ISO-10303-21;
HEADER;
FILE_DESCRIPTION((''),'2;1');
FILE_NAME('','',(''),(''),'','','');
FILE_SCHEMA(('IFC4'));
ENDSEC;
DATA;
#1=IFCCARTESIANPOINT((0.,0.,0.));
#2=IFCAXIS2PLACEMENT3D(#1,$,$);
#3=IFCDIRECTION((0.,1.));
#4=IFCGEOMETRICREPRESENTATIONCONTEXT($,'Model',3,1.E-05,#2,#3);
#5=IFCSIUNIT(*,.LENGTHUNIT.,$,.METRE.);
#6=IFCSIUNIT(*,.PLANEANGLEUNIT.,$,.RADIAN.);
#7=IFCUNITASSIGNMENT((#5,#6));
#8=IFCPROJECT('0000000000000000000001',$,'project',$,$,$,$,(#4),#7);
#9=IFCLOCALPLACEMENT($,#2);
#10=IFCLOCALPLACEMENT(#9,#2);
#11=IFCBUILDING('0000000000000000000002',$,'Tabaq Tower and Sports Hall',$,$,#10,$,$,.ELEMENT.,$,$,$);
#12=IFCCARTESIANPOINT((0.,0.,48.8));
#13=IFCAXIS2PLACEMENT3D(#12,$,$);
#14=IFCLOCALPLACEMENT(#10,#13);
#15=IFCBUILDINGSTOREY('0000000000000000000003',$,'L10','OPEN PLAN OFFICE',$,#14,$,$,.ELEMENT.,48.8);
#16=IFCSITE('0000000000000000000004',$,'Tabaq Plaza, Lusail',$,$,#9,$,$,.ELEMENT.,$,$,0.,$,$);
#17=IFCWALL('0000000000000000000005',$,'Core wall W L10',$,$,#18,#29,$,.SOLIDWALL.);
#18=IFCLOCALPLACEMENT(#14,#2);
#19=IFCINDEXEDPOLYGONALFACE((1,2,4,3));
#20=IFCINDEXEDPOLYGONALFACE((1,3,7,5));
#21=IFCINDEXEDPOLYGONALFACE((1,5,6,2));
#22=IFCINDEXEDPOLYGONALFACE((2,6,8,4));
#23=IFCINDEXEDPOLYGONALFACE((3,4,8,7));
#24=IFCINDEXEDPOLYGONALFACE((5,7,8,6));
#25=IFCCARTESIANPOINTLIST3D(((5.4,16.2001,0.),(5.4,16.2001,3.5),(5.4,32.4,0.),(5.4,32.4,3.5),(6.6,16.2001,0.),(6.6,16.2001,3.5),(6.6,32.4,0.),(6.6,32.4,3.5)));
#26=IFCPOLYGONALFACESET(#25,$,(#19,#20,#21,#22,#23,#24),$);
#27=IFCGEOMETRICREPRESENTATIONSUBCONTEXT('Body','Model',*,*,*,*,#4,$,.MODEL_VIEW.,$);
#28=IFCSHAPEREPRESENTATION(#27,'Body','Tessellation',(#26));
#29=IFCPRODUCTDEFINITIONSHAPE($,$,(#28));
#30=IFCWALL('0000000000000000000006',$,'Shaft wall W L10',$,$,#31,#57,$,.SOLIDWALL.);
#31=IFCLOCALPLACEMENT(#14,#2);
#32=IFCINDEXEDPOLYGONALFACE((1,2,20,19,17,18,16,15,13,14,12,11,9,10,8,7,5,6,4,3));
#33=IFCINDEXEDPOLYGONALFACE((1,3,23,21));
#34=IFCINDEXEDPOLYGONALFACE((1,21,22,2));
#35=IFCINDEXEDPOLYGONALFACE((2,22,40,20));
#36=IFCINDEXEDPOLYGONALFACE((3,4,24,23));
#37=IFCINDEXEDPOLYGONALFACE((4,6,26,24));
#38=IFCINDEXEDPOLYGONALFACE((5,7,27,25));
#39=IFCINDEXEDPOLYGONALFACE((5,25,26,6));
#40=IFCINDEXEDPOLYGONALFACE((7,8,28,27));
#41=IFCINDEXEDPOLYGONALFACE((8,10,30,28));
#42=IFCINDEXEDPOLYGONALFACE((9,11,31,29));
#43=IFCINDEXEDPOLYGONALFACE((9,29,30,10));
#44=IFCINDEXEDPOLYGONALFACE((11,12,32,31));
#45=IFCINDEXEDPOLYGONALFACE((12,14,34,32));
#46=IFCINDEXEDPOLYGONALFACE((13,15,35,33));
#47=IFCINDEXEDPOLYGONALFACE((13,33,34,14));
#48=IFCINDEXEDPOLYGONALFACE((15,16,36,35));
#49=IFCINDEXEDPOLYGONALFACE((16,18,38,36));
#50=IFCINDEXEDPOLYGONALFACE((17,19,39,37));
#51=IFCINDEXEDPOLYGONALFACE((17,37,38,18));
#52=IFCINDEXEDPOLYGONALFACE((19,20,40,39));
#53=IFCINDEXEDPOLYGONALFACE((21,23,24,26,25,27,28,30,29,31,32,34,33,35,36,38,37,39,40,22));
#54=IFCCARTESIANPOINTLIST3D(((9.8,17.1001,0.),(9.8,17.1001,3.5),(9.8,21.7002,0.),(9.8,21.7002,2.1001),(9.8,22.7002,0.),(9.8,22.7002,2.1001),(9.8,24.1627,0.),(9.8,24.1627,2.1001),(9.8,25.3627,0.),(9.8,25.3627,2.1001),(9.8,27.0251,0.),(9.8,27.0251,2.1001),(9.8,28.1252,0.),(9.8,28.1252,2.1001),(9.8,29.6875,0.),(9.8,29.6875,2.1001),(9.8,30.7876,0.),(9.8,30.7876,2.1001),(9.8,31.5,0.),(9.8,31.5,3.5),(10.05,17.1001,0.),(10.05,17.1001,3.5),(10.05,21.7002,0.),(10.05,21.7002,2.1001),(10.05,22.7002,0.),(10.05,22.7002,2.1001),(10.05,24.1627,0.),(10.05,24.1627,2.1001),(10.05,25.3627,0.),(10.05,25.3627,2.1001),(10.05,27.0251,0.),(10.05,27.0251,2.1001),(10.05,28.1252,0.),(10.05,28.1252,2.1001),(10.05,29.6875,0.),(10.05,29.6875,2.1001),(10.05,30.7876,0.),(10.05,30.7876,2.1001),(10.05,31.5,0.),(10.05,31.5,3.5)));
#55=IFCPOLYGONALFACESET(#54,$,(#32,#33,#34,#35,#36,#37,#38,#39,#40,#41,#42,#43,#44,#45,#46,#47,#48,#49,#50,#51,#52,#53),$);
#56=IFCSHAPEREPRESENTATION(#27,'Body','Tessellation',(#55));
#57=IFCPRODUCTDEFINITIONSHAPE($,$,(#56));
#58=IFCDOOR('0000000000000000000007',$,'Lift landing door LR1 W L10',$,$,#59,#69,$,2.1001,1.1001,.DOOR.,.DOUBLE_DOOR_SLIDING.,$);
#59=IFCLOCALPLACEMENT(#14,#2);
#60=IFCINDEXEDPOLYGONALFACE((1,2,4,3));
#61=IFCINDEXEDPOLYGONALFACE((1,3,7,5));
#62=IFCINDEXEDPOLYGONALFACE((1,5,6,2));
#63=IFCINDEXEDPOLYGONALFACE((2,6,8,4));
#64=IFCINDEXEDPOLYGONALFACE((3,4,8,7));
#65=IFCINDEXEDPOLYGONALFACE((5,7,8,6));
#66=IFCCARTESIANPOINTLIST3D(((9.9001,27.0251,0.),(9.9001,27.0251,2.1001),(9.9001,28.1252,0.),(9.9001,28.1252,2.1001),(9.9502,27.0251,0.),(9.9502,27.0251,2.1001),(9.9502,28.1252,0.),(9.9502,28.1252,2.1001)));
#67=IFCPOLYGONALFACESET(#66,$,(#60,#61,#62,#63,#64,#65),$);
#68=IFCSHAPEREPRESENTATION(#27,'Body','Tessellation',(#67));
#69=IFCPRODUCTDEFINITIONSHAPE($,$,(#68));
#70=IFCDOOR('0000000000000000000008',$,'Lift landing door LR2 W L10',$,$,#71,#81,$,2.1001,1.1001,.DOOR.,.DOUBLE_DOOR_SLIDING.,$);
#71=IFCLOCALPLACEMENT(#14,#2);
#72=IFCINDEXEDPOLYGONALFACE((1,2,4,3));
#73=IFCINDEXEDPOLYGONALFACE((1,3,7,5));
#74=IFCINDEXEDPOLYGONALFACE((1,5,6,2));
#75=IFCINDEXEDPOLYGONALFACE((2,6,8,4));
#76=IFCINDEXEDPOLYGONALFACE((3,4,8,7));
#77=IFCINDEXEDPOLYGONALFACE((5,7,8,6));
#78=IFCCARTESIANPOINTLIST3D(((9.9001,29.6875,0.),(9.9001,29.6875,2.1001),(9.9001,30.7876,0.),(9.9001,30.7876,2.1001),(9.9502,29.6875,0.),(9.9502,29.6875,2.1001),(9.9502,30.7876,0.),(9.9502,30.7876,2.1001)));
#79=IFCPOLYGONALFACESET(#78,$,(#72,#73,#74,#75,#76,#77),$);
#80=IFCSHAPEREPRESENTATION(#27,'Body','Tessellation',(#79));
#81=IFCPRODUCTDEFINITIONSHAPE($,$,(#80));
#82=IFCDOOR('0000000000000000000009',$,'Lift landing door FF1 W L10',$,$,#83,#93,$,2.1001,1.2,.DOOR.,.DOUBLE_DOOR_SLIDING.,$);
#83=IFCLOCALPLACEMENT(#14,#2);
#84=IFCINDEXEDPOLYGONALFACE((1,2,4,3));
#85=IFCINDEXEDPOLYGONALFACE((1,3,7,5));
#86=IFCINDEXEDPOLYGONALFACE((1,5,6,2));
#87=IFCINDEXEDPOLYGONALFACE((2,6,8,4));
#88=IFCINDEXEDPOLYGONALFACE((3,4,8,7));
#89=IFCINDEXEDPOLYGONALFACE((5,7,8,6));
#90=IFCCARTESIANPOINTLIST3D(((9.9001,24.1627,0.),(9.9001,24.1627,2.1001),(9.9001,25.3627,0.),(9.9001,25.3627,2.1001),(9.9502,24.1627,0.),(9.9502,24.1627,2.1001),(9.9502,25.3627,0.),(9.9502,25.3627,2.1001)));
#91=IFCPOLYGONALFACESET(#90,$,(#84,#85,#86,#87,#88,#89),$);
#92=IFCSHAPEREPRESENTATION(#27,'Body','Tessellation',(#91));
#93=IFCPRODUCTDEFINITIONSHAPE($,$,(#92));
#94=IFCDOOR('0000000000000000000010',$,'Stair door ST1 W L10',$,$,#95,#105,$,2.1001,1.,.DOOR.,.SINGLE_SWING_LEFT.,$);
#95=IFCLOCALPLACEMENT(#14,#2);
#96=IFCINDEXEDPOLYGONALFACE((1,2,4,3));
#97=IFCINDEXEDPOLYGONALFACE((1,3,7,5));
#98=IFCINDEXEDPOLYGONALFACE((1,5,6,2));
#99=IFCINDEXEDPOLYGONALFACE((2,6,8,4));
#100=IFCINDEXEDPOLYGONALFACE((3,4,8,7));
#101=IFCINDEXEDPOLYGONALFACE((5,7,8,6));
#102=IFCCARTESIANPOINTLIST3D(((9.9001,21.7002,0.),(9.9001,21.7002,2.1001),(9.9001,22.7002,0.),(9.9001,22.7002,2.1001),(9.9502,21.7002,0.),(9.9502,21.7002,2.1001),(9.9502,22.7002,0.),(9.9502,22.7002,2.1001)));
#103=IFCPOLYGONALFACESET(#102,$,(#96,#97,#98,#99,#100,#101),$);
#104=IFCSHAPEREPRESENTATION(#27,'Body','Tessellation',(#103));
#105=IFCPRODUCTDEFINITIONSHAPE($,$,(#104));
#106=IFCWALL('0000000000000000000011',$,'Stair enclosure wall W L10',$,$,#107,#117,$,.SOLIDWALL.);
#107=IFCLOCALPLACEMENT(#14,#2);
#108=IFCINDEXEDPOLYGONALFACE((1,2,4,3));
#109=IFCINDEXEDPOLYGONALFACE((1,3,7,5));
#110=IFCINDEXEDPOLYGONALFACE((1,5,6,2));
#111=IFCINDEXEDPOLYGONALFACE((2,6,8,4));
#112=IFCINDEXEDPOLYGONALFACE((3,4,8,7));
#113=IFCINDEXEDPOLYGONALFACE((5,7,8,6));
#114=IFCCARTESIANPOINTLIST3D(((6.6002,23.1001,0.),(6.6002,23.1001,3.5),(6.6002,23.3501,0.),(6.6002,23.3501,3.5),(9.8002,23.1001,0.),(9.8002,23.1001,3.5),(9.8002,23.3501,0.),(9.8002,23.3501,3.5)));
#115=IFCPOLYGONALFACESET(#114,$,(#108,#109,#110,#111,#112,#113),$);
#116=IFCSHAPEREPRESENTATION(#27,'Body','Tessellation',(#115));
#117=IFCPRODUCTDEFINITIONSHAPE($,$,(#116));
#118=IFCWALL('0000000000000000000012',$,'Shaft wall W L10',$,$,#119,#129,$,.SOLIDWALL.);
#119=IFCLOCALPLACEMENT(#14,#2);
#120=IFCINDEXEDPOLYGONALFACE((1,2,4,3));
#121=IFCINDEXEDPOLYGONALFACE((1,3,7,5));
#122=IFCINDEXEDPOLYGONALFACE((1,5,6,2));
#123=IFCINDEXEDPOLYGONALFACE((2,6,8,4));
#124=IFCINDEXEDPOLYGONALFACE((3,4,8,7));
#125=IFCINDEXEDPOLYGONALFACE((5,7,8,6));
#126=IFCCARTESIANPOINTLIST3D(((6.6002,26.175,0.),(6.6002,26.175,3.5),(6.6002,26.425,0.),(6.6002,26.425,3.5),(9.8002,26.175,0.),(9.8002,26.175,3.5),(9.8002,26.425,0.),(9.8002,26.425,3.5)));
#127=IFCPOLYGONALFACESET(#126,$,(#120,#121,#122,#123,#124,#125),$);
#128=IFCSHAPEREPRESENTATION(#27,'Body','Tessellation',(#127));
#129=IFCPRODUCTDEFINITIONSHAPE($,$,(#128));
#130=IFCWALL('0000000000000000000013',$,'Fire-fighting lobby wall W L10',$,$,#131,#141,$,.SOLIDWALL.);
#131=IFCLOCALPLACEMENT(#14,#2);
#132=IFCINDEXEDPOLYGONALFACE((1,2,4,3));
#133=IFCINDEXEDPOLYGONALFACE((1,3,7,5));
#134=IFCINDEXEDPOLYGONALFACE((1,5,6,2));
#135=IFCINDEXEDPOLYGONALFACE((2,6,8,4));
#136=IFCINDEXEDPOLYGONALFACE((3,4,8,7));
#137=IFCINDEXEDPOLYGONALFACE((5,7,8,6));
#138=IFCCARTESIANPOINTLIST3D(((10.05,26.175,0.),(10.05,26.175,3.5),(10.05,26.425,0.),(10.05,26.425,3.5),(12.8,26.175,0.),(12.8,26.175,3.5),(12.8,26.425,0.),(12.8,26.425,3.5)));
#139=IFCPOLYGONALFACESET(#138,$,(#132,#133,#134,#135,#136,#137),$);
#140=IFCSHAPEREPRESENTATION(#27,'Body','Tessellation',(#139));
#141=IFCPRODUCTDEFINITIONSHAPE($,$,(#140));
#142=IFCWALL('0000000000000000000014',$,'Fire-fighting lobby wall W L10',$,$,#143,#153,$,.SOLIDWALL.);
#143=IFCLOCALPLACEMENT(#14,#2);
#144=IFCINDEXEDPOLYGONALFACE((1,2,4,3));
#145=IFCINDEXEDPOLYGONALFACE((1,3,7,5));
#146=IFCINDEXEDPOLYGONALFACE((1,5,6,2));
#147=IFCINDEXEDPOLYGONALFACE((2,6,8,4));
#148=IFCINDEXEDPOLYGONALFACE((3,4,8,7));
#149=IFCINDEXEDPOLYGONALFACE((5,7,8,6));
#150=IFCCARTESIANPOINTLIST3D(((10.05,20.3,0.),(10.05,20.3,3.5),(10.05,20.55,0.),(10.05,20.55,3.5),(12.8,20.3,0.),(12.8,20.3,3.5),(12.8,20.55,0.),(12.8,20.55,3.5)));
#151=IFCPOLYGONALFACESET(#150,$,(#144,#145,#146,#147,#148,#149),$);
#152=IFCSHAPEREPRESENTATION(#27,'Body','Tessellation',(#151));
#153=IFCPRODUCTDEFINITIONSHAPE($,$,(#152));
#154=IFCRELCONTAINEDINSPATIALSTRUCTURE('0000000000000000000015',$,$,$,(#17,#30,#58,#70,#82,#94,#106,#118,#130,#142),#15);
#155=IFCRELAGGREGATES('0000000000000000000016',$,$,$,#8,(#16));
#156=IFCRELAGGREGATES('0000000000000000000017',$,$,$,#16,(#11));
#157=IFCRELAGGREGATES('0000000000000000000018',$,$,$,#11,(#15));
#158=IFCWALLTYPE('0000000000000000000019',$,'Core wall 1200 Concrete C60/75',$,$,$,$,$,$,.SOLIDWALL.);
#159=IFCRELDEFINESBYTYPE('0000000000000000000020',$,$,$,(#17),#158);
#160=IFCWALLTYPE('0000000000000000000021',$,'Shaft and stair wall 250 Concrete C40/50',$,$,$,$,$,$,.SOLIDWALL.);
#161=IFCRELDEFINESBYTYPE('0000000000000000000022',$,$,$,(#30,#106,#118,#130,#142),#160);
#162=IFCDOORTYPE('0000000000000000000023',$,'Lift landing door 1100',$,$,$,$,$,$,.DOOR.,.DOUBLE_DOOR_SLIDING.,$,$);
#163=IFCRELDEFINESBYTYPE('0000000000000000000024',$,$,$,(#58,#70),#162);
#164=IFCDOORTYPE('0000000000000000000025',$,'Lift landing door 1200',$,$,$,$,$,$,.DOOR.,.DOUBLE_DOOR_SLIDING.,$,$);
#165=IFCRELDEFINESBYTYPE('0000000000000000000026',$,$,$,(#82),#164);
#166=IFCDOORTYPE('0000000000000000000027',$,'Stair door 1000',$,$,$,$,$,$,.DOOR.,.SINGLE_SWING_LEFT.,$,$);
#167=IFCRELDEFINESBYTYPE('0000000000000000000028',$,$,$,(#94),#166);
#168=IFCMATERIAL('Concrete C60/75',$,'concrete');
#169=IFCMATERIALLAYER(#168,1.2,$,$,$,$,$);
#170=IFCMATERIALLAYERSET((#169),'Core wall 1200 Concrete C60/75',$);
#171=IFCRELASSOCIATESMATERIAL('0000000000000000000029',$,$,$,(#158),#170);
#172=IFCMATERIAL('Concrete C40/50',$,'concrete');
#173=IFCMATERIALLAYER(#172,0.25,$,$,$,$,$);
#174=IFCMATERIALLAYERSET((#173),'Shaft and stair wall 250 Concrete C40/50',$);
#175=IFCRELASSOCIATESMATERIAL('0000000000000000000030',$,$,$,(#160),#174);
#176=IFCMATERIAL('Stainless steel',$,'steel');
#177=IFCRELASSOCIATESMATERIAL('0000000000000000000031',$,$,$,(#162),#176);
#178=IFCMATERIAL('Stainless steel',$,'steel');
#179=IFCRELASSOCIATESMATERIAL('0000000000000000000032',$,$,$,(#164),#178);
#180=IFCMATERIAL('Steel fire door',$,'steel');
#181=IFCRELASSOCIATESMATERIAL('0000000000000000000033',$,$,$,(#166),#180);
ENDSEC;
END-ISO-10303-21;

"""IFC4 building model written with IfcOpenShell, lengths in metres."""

from ifc_helpers import new_model, si_unit, direction, frame, frame_2d, origin, place, context, subcontext, project, spatial, rectangle, extrude, material, layer, layer_set, type_object, element, fill, save


model = new_model("IFC4")

# Units and contexts
model_context = context("Model", 3, precision=1e-05, world=origin(), true_north=direction((0.0, 1.0)))
body_context = subcontext(model_context, "Body", "Model", "MODEL_VIEW")
ifc_project = project(units=[si_unit("LENGTHUNIT", "METRE"), si_unit("PLANEANGLEUNIT", "RADIAN")], contexts=[model_context])

# Site, building, storey
site_placement = place(None, origin())
site = spatial("IfcSite", under=ifc_project, at=site_placement, Name="Tabaq Plaza, Lusail", CompositionType="ELEMENT", RefElevation=0.0)
building_placement = place(site_placement, origin())
building = spatial("IfcBuilding", under=site, at=building_placement, Name="Tabaq Tower and Sports Hall", CompositionType="ELEMENT")
storey_placement = place(building_placement, frame((0.0, 0.0, 48.8)))
storey = spatial("IfcBuildingStorey", under=building, at=storey_placement, Name="L10", Description="OPEN PLAN OFFICE", CompositionType="ELEMENT", Elevation=48.8)

# Wall
ifc_material_1 = material(Name="Concrete C60/75", Category="concrete")
ifc_layer_1 = layer(ifc_material_1, 1.2)
ifc_layer_set_1 = layer_set([ifc_layer_1], Name="Core wall 1200 Concrete C60/75")
wall_type_1 = type_object("IfcWallType", Name="Core wall 1200 Concrete C60/75", PredefinedType="SOLIDWALL", material=ifc_layer_set_1)
wall_1_placement = place(storey_placement, frame((6.0, 16.2, 0.0), z_axis=(0.0, 0.0, 1.0), x_axis=(0.0, 1.0, 0.0)))
element("IfcWall", 1, at=wall_1_placement, inside=storey, type_object=wall_type_1, Name="Core wall W L10", PredefinedType="SOLIDWALL", context=body_context, shape_type="SweptSolid", body=[
    extrude(rectangle(XDim=16.2, YDim=1.2, at=frame_2d((8.1001, 0.0))), origin(), (0.0, 0.0, 1.0), 3.5),
])

# Wall, openings, doors
ifc_material_2 = material(Name="Concrete C40/50", Category="concrete")
ifc_layer_2 = layer(ifc_material_2, 0.25)
ifc_layer_set_2 = layer_set([ifc_layer_2], Name="Shaft and stair wall 250 Concrete C40/50")
wall_type_2 = type_object("IfcWallType", Name="Shaft and stair wall 250 Concrete C40/50", PredefinedType="SOLIDWALL", material=ifc_layer_set_2)
wall_2_placement = place(storey_placement, frame((9.925, 17.1001, 0.0), z_axis=(0.0, 0.0, 1.0), x_axis=(0.0, 1.0, 0.0)))
wall_2 = element("IfcWall", 2, at=wall_2_placement, inside=storey, type_object=wall_type_2, Name="Shaft wall W L10", PredefinedType="SOLIDWALL", context=body_context, shape_type="SweptSolid", body=[
    extrude(rectangle(XDim=14.3999, YDim=0.25, at=frame_2d((7.2, 0.0))), origin(), (0.0, 0.0, 1.0), 3.5),
])
opening_1_placement = place(wall_2_placement, frame((4.6001, 0.0, 0.0)))
opening_1 = element("IfcOpeningElement", 3, at=opening_1_placement, cuts=wall_2, PredefinedType="OPENING", context=body_context, shape_type="SweptSolid", body=[
    extrude(rectangle(XDim=1.0, YDim=2.1001, at=frame_2d((0.5, 1.05))), frame((0.0, 0.125, 0.0), z_axis=(0.0, -1.0, 0.0), x_axis=(1.0, 0.0, 0.0)), (0.0, 0.0, 1.0), 0.25),
])
opening_2_placement = place(wall_2_placement, frame((7.0625, 0.0, 0.0)))
opening_2 = element("IfcOpeningElement", 4, at=opening_2_placement, cuts=wall_2, PredefinedType="OPENING", context=body_context, shape_type="SweptSolid", body=[
    extrude(rectangle(XDim=1.2, YDim=2.1001, at=frame_2d((0.6001, 1.05))), frame((0.0, 0.125, 0.0), z_axis=(0.0, -1.0, 0.0), x_axis=(1.0, 0.0, 0.0)), (0.0, 0.0, 1.0), 0.25),
])
opening_3_placement = place(wall_2_placement, frame((9.925, 0.0, 0.0)))
opening_3 = element("IfcOpeningElement", 5, at=opening_3_placement, cuts=wall_2, PredefinedType="OPENING", context=body_context, shape_type="SweptSolid", body=[
    extrude(rectangle(XDim=1.1001, YDim=2.1001, at=frame_2d((0.55, 1.05))), frame((0.0, 0.125, 0.0), z_axis=(0.0, -1.0, 0.0), x_axis=(1.0, 0.0, 0.0)), (0.0, 0.0, 1.0), 0.25),
])
opening_4_placement = place(wall_2_placement, frame((12.5874, 0.0, 0.0)))
opening_4 = element("IfcOpeningElement", 6, at=opening_4_placement, cuts=wall_2, PredefinedType="OPENING", context=body_context, shape_type="SweptSolid", body=[
    extrude(rectangle(XDim=1.1001, YDim=2.1001, at=frame_2d((0.55, 1.05))), frame((0.0, 0.125, 0.0), z_axis=(0.0, -1.0, 0.0), x_axis=(1.0, 0.0, 0.0)), (0.0, 0.0, 1.0), 0.25),
])
ifc_material_3 = material(Name="Stainless steel", Category="steel")
door_type_1 = type_object("IfcDoorType", Name="Lift landing door 1100", OperationType="DOUBLE_DOOR_SLIDING", PredefinedType="DOOR", material=ifc_material_3)
door_1_placement = place(opening_3_placement, origin())
door_1 = element("IfcDoor", 7, at=door_1_placement, inside=storey, type_object=door_type_1, Name="Lift landing door LR1 W L10", OperationType="DOUBLE_DOOR_SLIDING", OverallHeight=2.1001, OverallWidth=1.1001, PredefinedType="DOOR", context=body_context, shape_type="SweptSolid", body=[
    extrude(rectangle(XDim=1.1001, YDim=2.1001, at=frame_2d((0.55, 1.05))), frame((0.0, 0.0249, 0.0), z_axis=(0.0, -1.0, 0.0), x_axis=(1.0, 0.0, 0.0)), (0.0, 0.0, 1.0), 0.05),
])
fill(opening_3, door_1)
door_2_placement = place(opening_4_placement, origin())
door_2 = element("IfcDoor", 8, at=door_2_placement, inside=storey, type_object=door_type_1, Name="Lift landing door LR2 W L10", OperationType="DOUBLE_DOOR_SLIDING", OverallHeight=2.1001, OverallWidth=1.1001, PredefinedType="DOOR", context=body_context, shape_type="SweptSolid", body=[
    extrude(rectangle(XDim=1.1001, YDim=2.1001, at=frame_2d((0.55, 1.05))), frame((0.0, 0.0249, 0.0), z_axis=(0.0, -1.0, 0.0), x_axis=(1.0, 0.0, 0.0)), (0.0, 0.0, 1.0), 0.05),
])
fill(opening_4, door_2)
ifc_material_4 = material(Name="Stainless steel", Category="steel")
door_type_2 = type_object("IfcDoorType", Name="Lift landing door 1200", OperationType="DOUBLE_DOOR_SLIDING", PredefinedType="DOOR", material=ifc_material_4)
door_3_placement = place(opening_2_placement, origin())
door_3 = element("IfcDoor", 9, at=door_3_placement, inside=storey, type_object=door_type_2, Name="Lift landing door FF1 W L10", OperationType="DOUBLE_DOOR_SLIDING", OverallHeight=2.1001, OverallWidth=1.2, PredefinedType="DOOR", context=body_context, shape_type="SweptSolid", body=[
    extrude(rectangle(XDim=1.2, YDim=2.1001, at=frame_2d((0.6001, 1.05))), frame((0.0, 0.0249, 0.0), z_axis=(0.0, -1.0, 0.0), x_axis=(1.0, 0.0, 0.0)), (0.0, 0.0, 1.0), 0.05),
])
fill(opening_2, door_3)
ifc_material_5 = material(Name="Steel fire door", Category="steel")
door_type_3 = type_object("IfcDoorType", Name="Stair door 1000", OperationType="SINGLE_SWING_LEFT", PredefinedType="DOOR", material=ifc_material_5)
door_4_placement = place(opening_1_placement, origin())
door_4 = element("IfcDoor", 10, at=door_4_placement, inside=storey, type_object=door_type_3, Name="Stair door ST1 W L10", OperationType="SINGLE_SWING_LEFT", OverallHeight=2.1001, OverallWidth=1.0, PredefinedType="DOOR", context=body_context, shape_type="SweptSolid", body=[
    extrude(rectangle(XDim=1.0, YDim=2.1001, at=frame_2d((0.5, 1.05))), frame((0.0, 0.0249, 0.0), z_axis=(0.0, -1.0, 0.0), x_axis=(1.0, 0.0, 0.0)), (0.0, 0.0, 1.0), 0.05),
])
fill(opening_1, door_4)

# Walls
for number, where, z_axis, x_axis, name in (
    (11, (6.6001, 23.2251, 0.0), (0.0, 0.0, 1.0), (1.0, 0.0, 0.0), "Stair enclosure wall W L10"),
    (12, (6.6001, 26.3, 0.0), (0.0, 0.0, 1.0), (1.0, 0.0, 0.0), "Shaft wall W L10"),
):
    element("IfcWall", number, at=place(storey_placement, frame(where, z_axis=z_axis, x_axis=x_axis)), inside=storey, type_object=wall_type_2, Name=name, PredefinedType="SOLIDWALL", context=body_context, shape_type="SweptSolid", body=[
        extrude(rectangle(XDim=3.2, YDim=0.25, at=frame_2d((1.6001, 0.0))), origin(), (0.0, 0.0, 1.0), 3.5),
    ])
for number, where, z_axis, x_axis, name in (
    (13, (10.05, 26.3, 0.0), (0.0, 0.0, 1.0), (1.0, 0.0, 0.0), "Fire-fighting lobby wall W L10"),
    (14, (10.05, 20.425, 0.0), (0.0, 0.0, 1.0), (1.0, 0.0, 0.0), "Fire-fighting lobby wall W L10"),
):
    element("IfcWall", number, at=place(storey_placement, frame(where, z_axis=z_axis, x_axis=x_axis)), inside=storey, type_object=wall_type_2, Name=name, PredefinedType="SOLIDWALL", context=body_context, shape_type="SweptSolid", body=[
        extrude(rectangle(XDim=2.75, YDim=0.25, at=frame_2d((1.375, 0.0))), origin(), (0.0, 0.0, 1.0), 3.5),
    ])

save(model, "model.ifc")
